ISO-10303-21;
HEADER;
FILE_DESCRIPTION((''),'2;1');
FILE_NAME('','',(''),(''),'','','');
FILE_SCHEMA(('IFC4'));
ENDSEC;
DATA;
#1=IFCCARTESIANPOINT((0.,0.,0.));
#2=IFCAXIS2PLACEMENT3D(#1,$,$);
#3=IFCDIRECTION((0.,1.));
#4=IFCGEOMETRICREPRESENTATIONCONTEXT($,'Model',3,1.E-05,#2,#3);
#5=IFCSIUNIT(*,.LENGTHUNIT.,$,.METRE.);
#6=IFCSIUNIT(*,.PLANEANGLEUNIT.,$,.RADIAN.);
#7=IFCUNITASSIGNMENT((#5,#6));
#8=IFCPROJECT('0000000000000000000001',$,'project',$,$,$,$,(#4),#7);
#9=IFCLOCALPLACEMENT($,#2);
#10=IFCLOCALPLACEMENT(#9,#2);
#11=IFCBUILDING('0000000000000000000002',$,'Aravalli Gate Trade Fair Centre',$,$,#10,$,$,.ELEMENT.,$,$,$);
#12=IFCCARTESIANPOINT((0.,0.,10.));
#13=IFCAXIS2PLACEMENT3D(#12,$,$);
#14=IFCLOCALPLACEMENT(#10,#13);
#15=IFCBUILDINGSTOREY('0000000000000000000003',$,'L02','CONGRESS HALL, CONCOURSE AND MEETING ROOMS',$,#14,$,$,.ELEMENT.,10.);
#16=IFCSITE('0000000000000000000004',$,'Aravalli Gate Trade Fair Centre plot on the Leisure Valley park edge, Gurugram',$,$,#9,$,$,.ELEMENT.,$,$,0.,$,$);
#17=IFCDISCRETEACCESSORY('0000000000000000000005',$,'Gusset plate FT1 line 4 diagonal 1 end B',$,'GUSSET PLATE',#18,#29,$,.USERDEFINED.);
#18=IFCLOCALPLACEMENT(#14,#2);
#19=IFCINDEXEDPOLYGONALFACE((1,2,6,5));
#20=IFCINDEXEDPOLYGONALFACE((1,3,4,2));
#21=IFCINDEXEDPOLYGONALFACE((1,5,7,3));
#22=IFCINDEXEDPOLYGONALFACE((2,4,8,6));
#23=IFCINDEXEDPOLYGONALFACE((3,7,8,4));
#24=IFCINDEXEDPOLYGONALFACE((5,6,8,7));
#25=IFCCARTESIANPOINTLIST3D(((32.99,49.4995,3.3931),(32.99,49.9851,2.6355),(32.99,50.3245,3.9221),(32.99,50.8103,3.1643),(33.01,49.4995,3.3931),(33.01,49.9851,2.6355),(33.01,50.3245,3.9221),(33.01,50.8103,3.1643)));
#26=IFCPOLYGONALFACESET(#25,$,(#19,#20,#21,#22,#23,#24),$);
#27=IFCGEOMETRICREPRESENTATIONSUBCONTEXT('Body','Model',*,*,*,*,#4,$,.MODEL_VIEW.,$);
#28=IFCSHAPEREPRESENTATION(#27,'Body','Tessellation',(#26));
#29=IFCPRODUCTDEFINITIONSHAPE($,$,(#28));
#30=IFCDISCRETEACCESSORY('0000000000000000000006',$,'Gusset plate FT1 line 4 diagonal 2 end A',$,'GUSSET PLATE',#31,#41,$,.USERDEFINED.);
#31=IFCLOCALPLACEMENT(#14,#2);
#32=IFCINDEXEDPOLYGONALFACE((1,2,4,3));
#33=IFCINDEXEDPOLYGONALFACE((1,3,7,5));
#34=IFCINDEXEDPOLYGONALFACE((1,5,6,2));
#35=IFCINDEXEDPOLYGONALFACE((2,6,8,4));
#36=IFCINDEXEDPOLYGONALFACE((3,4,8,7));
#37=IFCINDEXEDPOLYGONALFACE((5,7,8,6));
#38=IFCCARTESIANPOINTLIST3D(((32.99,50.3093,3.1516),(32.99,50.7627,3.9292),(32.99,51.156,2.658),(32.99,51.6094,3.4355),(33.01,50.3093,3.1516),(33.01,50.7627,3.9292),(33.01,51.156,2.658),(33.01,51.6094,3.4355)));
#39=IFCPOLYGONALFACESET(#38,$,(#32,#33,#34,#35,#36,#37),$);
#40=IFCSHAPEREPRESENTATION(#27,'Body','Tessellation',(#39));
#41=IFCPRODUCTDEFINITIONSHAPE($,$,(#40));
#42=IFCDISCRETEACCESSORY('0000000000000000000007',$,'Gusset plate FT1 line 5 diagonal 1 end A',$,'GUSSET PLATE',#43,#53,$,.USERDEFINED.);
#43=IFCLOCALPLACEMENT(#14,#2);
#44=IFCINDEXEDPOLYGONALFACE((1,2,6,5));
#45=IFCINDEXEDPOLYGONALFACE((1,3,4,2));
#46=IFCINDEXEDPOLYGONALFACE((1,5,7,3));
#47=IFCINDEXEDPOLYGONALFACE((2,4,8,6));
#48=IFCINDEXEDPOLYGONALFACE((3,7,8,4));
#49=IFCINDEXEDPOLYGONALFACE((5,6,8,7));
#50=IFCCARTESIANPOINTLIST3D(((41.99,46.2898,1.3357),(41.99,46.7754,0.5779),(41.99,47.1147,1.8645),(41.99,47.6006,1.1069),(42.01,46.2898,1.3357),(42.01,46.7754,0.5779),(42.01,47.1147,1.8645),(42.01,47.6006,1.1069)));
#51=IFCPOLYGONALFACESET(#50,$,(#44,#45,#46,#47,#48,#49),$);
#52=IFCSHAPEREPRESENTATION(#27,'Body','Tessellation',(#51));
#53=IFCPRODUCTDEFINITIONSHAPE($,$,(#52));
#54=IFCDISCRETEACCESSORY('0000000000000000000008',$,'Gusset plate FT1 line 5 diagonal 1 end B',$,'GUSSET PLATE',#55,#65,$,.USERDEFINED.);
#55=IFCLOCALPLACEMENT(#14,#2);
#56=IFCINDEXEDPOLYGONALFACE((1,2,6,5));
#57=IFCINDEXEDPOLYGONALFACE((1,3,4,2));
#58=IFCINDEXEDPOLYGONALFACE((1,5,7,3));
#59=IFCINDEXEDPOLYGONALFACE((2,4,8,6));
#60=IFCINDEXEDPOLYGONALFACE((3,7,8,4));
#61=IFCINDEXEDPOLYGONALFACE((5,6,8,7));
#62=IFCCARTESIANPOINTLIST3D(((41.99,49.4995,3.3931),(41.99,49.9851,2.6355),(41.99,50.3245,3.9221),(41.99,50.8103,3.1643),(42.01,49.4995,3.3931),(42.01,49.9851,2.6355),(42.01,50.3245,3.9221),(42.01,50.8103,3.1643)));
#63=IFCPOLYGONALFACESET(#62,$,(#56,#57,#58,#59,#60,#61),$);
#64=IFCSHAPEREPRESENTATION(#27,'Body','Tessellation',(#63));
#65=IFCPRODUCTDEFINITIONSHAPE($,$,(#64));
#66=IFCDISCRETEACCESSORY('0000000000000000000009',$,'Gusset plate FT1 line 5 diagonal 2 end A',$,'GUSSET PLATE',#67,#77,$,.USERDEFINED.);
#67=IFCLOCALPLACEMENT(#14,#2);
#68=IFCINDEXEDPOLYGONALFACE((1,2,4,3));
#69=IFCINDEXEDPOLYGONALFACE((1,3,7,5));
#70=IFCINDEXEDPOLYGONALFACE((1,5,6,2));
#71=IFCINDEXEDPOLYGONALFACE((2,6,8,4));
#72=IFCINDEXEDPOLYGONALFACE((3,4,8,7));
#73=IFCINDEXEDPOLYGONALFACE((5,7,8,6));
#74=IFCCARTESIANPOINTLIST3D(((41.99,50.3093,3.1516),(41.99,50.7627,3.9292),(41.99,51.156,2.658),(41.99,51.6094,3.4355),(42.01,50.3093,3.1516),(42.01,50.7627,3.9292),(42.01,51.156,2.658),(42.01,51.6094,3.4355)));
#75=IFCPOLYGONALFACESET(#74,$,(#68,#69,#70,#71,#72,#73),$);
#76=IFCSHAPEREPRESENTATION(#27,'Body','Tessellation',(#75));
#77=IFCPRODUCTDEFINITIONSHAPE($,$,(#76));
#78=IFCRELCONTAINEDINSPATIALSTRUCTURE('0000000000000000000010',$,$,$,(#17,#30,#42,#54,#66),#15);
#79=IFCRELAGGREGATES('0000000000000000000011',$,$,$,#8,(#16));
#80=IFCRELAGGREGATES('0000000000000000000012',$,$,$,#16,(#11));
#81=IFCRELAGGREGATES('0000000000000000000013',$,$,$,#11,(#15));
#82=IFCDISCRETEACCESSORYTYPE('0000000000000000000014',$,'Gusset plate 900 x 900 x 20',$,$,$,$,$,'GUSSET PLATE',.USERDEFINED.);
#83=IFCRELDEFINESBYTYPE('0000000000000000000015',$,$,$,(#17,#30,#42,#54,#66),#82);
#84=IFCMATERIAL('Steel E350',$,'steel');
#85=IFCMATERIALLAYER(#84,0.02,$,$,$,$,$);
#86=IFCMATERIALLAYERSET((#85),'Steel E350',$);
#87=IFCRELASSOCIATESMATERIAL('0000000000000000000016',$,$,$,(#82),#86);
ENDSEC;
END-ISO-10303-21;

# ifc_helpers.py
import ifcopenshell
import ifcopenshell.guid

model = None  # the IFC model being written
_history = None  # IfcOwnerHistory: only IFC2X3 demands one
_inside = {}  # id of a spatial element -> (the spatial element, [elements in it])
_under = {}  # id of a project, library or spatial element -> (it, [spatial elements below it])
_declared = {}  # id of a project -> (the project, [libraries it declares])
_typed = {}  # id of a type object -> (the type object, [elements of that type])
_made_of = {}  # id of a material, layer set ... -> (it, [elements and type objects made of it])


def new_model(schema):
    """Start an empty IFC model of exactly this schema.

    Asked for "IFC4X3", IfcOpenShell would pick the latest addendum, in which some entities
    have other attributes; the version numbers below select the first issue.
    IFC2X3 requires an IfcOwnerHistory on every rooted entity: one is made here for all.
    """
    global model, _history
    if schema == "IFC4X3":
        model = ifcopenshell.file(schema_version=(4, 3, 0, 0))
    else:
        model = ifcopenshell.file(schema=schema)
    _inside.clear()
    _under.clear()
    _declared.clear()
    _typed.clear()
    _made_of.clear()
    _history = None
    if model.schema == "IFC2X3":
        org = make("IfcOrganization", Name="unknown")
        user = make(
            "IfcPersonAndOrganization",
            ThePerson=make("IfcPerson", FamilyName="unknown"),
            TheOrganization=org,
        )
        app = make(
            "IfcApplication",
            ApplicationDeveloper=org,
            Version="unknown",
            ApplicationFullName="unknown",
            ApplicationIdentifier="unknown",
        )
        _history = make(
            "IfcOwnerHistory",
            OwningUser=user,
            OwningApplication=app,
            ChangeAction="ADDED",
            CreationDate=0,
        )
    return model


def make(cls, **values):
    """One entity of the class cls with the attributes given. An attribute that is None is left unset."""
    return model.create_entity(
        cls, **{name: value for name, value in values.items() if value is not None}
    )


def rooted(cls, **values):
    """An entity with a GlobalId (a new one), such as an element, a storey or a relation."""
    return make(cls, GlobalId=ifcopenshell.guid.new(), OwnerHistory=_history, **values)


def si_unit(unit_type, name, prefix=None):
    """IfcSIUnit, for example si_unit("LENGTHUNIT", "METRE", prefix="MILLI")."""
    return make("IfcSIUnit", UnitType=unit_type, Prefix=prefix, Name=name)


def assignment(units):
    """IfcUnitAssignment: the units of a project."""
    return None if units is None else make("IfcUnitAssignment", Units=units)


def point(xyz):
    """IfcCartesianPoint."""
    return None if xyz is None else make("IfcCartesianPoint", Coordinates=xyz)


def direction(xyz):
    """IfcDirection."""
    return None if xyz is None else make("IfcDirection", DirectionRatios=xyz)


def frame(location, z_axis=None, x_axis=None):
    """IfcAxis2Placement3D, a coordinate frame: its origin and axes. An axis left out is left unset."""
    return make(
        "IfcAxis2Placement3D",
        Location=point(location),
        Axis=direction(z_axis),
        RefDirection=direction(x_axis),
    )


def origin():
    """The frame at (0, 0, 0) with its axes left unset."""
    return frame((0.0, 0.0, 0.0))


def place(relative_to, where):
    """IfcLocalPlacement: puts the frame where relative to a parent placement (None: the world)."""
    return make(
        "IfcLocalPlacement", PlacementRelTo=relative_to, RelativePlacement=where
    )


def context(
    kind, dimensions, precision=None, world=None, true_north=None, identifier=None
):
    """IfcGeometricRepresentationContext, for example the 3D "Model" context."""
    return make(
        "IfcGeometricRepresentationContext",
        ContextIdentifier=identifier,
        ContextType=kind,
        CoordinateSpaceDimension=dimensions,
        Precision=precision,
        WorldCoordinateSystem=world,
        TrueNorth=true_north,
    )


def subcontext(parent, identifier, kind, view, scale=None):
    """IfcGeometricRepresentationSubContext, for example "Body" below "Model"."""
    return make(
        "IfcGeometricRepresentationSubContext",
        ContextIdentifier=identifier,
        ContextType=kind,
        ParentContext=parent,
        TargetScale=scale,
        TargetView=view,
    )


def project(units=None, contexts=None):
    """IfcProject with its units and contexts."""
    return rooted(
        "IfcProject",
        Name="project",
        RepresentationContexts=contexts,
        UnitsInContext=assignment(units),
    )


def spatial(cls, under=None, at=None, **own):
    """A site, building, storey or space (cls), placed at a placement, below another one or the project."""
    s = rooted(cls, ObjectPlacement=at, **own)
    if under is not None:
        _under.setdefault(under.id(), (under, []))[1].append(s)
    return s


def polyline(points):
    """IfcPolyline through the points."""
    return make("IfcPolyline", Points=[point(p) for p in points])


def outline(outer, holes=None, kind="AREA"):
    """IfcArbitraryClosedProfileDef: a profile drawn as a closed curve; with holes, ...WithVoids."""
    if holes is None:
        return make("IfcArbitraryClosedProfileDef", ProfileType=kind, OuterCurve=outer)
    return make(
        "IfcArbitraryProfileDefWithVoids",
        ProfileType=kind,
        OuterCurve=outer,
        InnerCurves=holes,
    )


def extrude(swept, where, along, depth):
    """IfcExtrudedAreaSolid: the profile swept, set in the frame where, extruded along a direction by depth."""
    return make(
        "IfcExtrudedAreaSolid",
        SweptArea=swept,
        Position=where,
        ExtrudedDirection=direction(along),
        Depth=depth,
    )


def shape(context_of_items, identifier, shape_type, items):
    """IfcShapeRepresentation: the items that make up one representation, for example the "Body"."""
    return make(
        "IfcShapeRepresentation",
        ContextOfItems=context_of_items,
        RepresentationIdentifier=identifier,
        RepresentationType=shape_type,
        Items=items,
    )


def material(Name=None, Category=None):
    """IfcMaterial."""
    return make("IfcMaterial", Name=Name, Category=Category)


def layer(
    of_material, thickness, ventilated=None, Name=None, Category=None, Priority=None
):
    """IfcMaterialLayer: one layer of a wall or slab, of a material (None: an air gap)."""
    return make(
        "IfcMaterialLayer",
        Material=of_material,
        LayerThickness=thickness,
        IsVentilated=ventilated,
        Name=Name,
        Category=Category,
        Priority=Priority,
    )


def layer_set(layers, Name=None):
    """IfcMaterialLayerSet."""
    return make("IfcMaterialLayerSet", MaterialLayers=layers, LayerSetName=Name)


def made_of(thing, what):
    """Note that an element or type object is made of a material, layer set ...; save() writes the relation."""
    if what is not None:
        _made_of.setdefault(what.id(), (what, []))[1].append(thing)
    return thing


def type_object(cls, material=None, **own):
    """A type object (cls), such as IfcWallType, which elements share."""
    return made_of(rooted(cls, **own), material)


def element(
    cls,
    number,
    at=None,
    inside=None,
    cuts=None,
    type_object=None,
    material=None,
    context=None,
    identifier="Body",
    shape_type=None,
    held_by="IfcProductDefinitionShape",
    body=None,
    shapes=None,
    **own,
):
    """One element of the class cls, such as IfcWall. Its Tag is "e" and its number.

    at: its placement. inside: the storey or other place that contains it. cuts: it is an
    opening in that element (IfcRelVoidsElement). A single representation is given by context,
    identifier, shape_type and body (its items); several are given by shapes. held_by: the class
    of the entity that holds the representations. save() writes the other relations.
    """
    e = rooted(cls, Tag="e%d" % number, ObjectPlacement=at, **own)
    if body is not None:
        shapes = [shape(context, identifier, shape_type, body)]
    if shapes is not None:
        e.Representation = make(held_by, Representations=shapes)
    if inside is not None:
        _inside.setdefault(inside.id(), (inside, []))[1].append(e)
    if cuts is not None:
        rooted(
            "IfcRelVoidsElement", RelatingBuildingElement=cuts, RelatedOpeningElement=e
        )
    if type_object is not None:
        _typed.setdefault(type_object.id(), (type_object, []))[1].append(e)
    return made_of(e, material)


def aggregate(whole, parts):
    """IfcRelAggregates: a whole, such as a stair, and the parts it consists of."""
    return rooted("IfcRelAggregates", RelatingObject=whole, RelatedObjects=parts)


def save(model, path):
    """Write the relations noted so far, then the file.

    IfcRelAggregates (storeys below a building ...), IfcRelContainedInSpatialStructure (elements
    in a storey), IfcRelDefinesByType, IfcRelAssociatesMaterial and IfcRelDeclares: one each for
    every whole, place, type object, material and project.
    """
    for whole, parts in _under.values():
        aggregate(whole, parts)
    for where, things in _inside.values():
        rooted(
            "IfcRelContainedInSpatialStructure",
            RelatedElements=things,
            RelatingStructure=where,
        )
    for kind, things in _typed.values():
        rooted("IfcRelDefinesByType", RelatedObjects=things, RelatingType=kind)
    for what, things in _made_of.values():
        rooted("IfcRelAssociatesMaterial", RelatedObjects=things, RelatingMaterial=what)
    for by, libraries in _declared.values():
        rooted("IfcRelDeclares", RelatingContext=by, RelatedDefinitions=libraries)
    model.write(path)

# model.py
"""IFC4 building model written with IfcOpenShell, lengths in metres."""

from ifc_helpers import new_model, si_unit, direction, frame, origin, place, context, subcontext, project, spatial, polyline, outline, extrude, material, layer, layer_set, type_object, element, save


model = new_model("IFC4")

# Units and contexts
model_context = context("Model", 3, precision=1e-05, world=origin(), true_north=direction((0.0, 1.0)))
body_context = subcontext(model_context, "Body", "Model", "MODEL_VIEW")
ifc_project = project(units=[si_unit("LENGTHUNIT", "METRE"), si_unit("PLANEANGLEUNIT", "RADIAN")], contexts=[model_context])

# Site, building, storey
site_placement = place(None, origin())
site = spatial("IfcSite", under=ifc_project, at=site_placement, Name="Aravalli Gate Trade Fair Centre plot on the Leisure Valley park edge, Gurugram", CompositionType="ELEMENT", RefElevation=0.0)
building_placement = place(site_placement, origin())
building = spatial("IfcBuilding", under=site, at=building_placement, Name="Aravalli Gate Trade Fair Centre", CompositionType="ELEMENT")
storey_placement = place(building_placement, frame((0.0, 0.0, 10.0)))
storey = spatial("IfcBuildingStorey", under=building, at=storey_placement, Name="L02", Description="CONGRESS HALL, CONCOURSE AND MEETING ROOMS", CompositionType="ELEMENT", Elevation=10.0)

# Shared definitions
ifc_material_1 = material(Name="Steel E350", Category="steel")

# Discrete accessories
ifc_layer_1 = layer(ifc_material_1, 0.02)
ifc_layer_set_1 = layer_set([ifc_layer_1], Name="Steel E350")
discrete_accessory_type_1 = type_object("IfcDiscreteAccessoryType", Name="Gusset plate 900 x 900 x 20", ElementType="GUSSET PLATE", PredefinedType="USERDEFINED", material=ifc_layer_set_1)
discrete_accessory_1_placement = place(storey_placement, frame((32.99, 49.4995, 3.3931), z_axis=(-1.0, 0.0, 0.0), x_axis=(0.0, 0.841769, 0.539838)))
element("IfcDiscreteAccessory", 1, at=discrete_accessory_1_placement, inside=storey, type_object=discrete_accessory_type_1, Name="Gusset plate FT1 line 4 diagonal 1 end B", ObjectType="GUSSET PLATE", PredefinedType="USERDEFINED", context=body_context, shape_type="SweptSolid", body=[
    extrude(outline(polyline([(0.0, 0.0), (0.98, 0.0), (0.9799, 0.9002), (-0.0002, 0.8998), (0.0, 0.0)])), origin(), (0.0, 0.0, -1.0), 0.02),
])
discrete_accessory_2_placement = place(storey_placement, frame((32.99, 51.156, 2.658), z_axis=(-1.0, 0.0, 0.0), x_axis=(0.0, -0.863887, 0.503685)))
element("IfcDiscreteAccessory", 2, at=discrete_accessory_2_placement, inside=storey, type_object=discrete_accessory_type_1, Name="Gusset plate FT1 line 4 diagonal 2 end A", ObjectType="GUSSET PLATE", PredefinedType="USERDEFINED", context=body_context, shape_type="SweptSolid", body=[
    extrude(outline(polyline([(0.0, 0.0), (0.9801, 0.0), (0.9801, 0.9001), (0.0, 0.9001), (0.0, 0.0)])), origin(), (0.0, 0.0, -1.0), 0.02),
])
discrete_accessory_3_placement = place(storey_placement, frame((41.99, 47.6006, 1.1069), z_axis=(-1.0, 0.0, 0.0), x_axis=(0.0, -0.841841, -0.539725)))
element("IfcDiscreteAccessory", 3, at=discrete_accessory_3_placement, inside=storey, type_object=discrete_accessory_type_1, Name="Gusset plate FT1 line 5 diagonal 1 end A", ObjectType="GUSSET PLATE", PredefinedType="USERDEFINED", context=body_context, shape_type="SweptSolid", body=[
    extrude(outline(polyline([(0.0, 0.0), (0.9802, 0.0), (0.98, 0.9), (0.0001, 0.9), (0.0, 0.0)])), origin(), (0.0, 0.0, -1.0), 0.02),
])
discrete_accessory_4_placement = place(storey_placement, frame((41.99, 49.4995, 3.3931), z_axis=(-1.0, 0.0, 0.0), x_axis=(0.0, 0.841769, 0.539838)))
element("IfcDiscreteAccessory", 4, at=discrete_accessory_4_placement, inside=storey, type_object=discrete_accessory_type_1, Name="Gusset plate FT1 line 5 diagonal 1 end B", ObjectType="GUSSET PLATE", PredefinedType="USERDEFINED", context=body_context, shape_type="SweptSolid", body=[
    extrude(outline(polyline([(0.0, 0.0), (0.98, 0.0), (0.9799, 0.9002), (-0.0002, 0.8998), (0.0, 0.0)])), origin(), (0.0, 0.0, -1.0), 0.02),
])
discrete_accessory_5_placement = place(storey_placement, frame((41.99, 51.156, 2.658), z_axis=(-1.0, 0.0, 0.0), x_axis=(0.0, -0.863887, 0.503685)))
element("IfcDiscreteAccessory", 5, at=discrete_accessory_5_placement, inside=storey, type_object=discrete_accessory_type_1, Name="Gusset plate FT1 line 5 diagonal 2 end A", ObjectType="GUSSET PLATE", PredefinedType="USERDEFINED", context=body_context, shape_type="SweptSolid", body=[
    extrude(outline(polyline([(0.0, 0.0), (0.9801, 0.0), (0.9801, 0.9001), (0.0, 0.9001), (0.0, 0.0)])), origin(), (0.0, 0.0, -1.0), 0.02),
])

save(model, "model.ifc")
